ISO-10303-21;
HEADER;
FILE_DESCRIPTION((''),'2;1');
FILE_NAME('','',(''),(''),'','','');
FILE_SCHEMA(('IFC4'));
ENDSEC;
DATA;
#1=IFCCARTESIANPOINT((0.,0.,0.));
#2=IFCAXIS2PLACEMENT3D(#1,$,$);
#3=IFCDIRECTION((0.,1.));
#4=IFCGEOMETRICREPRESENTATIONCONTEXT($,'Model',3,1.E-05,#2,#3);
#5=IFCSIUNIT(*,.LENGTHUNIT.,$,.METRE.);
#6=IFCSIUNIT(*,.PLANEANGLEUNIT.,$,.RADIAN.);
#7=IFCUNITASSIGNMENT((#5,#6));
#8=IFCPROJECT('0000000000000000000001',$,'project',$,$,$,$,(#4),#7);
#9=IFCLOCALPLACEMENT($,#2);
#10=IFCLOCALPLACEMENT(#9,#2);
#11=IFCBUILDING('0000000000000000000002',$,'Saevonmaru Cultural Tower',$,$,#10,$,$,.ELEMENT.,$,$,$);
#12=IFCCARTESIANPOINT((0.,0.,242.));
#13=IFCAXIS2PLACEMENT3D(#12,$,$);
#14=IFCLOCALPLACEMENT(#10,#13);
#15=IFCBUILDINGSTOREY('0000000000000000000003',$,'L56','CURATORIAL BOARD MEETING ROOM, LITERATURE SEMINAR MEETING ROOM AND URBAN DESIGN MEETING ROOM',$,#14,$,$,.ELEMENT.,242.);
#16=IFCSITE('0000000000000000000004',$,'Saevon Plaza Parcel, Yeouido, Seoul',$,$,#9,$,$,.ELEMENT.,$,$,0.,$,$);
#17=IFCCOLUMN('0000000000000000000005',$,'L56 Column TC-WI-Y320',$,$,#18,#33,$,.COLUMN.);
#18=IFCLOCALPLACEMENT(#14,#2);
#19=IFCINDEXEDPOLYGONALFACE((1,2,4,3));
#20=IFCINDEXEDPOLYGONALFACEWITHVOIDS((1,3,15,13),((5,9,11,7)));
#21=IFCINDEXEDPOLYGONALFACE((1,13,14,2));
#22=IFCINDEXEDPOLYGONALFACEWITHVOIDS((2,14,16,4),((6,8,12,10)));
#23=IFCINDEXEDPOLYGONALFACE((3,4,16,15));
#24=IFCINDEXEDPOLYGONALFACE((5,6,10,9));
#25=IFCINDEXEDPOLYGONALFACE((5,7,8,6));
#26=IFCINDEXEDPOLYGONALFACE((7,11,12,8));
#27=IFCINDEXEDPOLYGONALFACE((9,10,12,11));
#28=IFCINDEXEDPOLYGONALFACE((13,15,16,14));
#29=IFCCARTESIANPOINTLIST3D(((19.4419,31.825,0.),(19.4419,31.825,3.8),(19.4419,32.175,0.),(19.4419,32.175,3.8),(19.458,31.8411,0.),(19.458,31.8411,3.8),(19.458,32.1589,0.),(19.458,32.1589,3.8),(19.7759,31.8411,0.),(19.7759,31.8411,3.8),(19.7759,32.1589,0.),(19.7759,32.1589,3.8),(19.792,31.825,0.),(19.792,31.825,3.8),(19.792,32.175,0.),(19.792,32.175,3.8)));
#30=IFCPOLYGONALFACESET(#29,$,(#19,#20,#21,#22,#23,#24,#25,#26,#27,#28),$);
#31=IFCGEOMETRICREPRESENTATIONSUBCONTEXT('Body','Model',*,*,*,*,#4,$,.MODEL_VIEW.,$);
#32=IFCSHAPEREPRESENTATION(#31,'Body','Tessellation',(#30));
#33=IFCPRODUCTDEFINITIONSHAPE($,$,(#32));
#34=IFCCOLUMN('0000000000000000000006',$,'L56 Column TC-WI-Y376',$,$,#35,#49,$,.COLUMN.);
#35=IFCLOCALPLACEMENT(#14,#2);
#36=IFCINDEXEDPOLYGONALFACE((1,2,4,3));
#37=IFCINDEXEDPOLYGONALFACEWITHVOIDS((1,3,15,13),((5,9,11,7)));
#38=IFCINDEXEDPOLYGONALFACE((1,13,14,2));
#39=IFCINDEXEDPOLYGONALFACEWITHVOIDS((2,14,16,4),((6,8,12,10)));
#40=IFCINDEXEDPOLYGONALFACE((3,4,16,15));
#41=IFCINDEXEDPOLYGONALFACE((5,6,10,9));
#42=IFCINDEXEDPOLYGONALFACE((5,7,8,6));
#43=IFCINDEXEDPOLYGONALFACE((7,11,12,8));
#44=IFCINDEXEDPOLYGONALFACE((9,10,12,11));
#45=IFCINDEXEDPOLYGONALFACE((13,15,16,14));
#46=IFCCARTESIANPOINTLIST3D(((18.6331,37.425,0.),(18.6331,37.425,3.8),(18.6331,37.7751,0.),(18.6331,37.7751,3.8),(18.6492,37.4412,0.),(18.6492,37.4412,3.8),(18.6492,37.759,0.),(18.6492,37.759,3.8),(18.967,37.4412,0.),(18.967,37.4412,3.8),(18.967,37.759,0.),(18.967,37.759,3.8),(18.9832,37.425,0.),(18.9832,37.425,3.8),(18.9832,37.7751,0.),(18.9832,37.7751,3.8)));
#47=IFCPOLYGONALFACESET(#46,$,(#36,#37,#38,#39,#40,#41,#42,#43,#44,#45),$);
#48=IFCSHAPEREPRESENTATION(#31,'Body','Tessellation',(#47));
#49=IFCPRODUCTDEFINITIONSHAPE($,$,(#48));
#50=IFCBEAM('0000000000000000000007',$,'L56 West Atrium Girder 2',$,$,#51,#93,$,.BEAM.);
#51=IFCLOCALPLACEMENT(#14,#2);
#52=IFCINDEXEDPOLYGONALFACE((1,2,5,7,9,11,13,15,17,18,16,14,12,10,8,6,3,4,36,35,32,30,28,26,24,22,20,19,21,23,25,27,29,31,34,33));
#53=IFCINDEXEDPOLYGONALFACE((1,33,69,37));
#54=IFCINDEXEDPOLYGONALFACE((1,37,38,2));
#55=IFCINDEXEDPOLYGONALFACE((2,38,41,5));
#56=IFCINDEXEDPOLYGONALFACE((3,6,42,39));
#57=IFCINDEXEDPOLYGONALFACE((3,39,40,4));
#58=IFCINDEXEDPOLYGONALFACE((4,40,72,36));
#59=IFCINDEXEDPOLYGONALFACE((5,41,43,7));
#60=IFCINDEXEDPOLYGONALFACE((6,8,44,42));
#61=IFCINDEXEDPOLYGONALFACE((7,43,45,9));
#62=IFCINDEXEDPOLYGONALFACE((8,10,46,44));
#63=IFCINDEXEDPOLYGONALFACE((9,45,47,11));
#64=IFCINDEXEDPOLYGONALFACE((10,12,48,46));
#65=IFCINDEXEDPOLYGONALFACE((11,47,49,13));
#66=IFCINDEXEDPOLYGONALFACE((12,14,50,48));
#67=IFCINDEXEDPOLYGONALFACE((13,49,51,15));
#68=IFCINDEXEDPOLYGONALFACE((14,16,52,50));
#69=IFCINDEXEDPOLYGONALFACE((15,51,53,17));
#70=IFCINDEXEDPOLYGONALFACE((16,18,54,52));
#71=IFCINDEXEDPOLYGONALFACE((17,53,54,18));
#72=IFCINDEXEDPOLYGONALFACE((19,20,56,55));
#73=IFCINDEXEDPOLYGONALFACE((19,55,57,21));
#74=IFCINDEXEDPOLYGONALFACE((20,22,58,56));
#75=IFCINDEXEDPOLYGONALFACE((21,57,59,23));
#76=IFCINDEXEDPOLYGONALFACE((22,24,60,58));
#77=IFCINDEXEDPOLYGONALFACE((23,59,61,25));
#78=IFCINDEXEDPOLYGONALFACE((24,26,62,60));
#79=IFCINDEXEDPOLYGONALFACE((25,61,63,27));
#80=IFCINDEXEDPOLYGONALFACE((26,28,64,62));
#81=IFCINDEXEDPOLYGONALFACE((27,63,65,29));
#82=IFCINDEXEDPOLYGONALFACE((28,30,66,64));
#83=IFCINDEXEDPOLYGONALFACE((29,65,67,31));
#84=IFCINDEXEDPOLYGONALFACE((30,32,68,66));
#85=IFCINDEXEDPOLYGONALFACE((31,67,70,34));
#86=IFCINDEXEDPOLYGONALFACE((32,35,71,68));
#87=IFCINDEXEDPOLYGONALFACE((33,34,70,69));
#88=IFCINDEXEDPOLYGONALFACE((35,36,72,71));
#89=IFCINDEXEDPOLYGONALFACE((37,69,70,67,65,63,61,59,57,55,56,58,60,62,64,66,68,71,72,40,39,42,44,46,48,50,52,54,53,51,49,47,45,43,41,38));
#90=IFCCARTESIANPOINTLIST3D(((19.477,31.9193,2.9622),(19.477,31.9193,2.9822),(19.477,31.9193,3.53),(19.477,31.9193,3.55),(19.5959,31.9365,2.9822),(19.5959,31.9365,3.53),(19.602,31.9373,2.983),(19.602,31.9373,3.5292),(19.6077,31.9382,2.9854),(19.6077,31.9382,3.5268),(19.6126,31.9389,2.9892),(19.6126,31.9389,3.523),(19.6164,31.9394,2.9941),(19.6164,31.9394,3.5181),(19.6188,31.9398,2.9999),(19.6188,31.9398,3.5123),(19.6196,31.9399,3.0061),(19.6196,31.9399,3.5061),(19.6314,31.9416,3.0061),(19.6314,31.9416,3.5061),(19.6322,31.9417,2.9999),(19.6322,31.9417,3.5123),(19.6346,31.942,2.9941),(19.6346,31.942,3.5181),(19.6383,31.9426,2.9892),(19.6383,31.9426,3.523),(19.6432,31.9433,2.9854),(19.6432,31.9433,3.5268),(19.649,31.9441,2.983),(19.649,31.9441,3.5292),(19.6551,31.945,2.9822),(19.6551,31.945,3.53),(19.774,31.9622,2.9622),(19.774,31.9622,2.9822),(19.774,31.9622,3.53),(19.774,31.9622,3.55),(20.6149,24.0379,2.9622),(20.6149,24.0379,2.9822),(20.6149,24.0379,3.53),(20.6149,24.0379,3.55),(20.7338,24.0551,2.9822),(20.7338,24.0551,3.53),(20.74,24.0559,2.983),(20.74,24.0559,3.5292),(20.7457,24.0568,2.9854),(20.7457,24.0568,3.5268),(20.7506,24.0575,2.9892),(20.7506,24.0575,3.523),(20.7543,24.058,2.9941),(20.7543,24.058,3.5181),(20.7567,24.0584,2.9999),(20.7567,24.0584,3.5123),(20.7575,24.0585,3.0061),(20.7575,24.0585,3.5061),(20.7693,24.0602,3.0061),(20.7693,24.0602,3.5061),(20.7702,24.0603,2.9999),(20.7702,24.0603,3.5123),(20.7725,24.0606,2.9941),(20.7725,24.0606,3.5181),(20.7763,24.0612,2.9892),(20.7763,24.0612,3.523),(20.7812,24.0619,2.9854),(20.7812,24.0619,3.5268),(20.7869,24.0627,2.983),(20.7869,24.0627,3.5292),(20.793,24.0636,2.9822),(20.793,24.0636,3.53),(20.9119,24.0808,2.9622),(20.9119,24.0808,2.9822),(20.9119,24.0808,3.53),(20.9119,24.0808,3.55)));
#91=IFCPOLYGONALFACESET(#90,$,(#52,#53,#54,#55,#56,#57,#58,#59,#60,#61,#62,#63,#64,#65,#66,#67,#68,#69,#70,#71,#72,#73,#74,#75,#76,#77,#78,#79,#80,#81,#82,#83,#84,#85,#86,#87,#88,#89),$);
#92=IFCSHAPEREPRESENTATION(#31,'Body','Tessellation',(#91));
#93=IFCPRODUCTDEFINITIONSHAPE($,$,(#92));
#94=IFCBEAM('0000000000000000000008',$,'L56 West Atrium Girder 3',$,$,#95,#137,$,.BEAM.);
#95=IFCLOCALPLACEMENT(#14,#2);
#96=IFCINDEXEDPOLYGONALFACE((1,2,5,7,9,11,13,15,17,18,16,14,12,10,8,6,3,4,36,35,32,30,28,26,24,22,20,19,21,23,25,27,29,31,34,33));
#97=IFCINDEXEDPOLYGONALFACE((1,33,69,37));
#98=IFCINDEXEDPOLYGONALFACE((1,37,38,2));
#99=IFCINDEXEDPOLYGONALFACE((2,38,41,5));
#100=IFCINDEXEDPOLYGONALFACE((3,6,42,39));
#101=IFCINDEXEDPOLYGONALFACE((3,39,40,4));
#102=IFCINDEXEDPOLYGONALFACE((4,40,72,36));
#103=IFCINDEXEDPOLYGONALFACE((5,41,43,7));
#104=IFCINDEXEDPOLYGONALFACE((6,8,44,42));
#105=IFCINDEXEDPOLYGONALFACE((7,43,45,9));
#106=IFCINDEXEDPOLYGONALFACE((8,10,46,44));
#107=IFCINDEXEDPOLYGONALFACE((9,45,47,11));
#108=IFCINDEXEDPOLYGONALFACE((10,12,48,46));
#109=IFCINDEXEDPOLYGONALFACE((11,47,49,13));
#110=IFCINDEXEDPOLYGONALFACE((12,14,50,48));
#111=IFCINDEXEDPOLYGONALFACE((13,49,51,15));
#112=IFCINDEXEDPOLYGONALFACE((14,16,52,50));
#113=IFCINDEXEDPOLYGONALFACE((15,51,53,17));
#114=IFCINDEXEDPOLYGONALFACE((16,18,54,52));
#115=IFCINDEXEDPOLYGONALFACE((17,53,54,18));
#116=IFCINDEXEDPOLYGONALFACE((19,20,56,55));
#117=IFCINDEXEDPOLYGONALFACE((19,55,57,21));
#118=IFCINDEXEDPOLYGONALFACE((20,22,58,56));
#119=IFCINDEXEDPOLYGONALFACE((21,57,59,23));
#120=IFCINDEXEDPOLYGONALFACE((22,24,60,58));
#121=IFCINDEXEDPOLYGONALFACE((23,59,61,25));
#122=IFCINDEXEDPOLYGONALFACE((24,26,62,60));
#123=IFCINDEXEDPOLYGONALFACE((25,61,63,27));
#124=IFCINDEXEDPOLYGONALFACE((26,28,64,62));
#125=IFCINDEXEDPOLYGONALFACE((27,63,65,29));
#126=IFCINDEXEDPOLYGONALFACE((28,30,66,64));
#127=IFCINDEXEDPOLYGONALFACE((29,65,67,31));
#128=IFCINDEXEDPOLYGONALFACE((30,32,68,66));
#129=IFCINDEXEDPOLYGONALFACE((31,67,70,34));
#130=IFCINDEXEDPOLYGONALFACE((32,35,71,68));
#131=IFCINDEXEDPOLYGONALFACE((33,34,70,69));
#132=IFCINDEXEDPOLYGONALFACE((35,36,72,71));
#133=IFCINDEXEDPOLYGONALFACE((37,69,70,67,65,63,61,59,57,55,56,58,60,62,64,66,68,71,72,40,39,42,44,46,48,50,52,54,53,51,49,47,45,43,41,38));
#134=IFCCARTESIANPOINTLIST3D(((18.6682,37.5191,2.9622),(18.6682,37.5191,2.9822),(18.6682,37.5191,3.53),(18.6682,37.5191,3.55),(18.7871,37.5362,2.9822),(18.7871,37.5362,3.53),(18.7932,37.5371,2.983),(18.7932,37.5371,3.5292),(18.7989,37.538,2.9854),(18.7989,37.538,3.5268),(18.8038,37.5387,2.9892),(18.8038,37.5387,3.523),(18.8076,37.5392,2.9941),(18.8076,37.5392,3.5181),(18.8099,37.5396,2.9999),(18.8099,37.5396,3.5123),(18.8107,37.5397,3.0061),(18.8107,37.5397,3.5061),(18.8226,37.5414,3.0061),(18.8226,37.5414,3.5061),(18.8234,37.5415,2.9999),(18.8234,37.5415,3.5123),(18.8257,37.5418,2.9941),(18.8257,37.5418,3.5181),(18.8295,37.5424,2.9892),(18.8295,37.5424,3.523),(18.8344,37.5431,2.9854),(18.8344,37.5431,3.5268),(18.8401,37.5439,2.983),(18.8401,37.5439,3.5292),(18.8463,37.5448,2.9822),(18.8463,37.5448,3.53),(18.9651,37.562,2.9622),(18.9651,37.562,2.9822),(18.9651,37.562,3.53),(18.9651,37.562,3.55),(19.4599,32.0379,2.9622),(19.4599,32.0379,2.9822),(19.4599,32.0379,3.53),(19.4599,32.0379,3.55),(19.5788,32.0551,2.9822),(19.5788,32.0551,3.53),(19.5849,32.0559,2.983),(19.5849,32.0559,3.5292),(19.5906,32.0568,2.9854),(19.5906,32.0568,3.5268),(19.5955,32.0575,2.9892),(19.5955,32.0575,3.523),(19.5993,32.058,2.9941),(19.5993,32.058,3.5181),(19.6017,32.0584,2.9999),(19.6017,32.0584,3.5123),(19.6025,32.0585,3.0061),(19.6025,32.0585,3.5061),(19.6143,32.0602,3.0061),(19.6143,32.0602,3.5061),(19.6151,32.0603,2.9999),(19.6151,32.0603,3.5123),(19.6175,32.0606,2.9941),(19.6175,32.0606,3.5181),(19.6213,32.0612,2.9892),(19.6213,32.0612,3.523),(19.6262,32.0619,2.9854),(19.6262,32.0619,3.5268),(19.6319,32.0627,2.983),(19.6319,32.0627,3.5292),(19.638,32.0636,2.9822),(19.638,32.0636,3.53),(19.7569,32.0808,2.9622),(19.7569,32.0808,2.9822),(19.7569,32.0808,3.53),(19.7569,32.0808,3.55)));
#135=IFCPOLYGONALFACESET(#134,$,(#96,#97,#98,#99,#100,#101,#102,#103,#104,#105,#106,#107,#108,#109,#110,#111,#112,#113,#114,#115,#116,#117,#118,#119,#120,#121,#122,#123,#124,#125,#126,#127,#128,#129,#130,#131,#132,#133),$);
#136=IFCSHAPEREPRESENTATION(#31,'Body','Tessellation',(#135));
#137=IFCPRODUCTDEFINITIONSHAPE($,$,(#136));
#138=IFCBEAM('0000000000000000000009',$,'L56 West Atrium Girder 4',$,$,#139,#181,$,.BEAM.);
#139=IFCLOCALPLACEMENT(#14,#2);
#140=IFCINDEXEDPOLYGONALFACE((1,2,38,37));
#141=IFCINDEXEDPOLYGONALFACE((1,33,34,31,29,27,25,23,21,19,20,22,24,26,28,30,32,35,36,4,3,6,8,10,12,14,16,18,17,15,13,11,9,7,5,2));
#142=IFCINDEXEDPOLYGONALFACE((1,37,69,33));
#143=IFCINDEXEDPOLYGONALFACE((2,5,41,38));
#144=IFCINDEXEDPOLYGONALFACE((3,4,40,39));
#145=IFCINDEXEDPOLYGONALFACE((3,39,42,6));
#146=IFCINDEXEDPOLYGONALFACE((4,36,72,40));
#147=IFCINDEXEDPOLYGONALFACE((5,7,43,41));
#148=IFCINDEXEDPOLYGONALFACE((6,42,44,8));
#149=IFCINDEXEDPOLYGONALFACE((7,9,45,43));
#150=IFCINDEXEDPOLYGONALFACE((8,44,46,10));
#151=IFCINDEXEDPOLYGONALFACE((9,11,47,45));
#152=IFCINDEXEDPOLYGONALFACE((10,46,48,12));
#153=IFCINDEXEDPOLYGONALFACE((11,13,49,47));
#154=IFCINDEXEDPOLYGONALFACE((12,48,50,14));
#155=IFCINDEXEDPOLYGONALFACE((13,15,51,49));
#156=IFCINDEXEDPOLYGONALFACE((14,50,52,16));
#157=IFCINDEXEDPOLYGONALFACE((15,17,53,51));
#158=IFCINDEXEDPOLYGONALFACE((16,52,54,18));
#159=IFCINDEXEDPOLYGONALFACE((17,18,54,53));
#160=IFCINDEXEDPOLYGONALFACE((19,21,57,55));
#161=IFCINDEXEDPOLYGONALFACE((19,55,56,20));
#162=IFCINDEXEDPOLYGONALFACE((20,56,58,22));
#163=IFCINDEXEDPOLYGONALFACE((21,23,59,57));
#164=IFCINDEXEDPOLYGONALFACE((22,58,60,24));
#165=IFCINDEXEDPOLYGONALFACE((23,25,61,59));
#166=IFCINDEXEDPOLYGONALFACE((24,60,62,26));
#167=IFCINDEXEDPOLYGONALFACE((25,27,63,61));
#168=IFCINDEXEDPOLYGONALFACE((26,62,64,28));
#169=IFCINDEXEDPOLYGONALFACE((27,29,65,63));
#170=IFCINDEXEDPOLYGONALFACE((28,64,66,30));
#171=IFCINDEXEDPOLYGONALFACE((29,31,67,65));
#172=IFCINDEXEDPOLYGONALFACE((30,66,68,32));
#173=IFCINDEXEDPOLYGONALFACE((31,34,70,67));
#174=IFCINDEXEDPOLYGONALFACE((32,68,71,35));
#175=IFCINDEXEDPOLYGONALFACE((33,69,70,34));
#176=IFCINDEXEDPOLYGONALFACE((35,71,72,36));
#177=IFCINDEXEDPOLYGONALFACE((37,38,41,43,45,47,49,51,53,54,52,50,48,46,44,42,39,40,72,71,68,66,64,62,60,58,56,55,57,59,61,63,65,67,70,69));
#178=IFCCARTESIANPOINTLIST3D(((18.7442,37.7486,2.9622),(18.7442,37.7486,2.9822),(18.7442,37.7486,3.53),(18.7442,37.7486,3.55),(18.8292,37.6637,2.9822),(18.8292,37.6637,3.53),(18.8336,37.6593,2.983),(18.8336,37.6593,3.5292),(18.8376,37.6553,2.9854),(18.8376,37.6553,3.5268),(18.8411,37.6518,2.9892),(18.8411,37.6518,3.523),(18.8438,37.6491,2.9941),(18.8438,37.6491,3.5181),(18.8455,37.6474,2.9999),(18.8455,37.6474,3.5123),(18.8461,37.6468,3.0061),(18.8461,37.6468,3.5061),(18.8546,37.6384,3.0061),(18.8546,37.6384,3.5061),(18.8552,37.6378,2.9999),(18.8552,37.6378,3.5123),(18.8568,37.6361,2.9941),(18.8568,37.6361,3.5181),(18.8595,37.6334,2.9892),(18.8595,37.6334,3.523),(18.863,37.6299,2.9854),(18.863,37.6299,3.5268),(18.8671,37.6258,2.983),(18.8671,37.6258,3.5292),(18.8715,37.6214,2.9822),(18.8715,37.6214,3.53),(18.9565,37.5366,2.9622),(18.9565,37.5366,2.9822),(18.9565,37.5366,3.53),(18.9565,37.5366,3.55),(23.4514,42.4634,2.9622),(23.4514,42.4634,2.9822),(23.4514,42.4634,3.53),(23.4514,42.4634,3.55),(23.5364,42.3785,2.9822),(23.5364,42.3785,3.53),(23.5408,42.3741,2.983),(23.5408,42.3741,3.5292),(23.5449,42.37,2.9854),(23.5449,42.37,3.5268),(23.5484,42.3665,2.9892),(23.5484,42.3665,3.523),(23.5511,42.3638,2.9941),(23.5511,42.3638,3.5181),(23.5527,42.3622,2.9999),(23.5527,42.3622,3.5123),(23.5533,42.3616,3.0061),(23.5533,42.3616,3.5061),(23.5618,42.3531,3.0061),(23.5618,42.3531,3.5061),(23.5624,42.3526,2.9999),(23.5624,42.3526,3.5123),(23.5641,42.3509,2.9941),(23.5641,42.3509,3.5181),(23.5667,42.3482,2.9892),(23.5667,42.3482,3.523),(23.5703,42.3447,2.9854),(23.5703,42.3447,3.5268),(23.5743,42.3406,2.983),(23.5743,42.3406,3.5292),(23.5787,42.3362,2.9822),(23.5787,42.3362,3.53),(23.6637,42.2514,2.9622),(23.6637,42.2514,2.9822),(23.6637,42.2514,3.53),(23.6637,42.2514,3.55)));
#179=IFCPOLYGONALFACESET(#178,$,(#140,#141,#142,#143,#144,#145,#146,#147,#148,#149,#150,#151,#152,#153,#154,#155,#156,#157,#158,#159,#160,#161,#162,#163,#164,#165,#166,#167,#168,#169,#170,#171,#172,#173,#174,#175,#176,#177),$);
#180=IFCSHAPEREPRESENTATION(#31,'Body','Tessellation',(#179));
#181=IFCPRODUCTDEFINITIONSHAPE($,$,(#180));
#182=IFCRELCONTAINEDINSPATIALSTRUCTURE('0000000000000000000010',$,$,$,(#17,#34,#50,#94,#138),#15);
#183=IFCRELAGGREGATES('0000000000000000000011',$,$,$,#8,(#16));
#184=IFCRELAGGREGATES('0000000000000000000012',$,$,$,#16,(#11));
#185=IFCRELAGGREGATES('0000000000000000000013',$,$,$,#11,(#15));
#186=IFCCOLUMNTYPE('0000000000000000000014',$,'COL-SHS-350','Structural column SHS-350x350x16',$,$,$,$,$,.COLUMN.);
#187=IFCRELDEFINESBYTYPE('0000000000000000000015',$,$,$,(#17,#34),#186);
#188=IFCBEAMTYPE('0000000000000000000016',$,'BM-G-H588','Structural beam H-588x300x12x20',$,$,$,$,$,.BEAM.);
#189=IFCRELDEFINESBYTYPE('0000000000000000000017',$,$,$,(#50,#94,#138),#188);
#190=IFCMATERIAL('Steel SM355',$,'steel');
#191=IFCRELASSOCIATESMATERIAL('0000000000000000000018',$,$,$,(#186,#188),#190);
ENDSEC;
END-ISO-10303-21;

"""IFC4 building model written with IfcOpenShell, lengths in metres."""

from ifc_helpers import new_model, si_unit, direction, frame, origin, origin_2d, place, context, subcontext, project, spatial, hollow_rectangle, i_section, extrude, material, material_profile, profile_set, type_object, element, save


model = new_model("IFC4")

# Units and contexts
model_context = context("Model", 3, precision=1e-05, world=origin(), true_north=direction((0.0, 1.0)))
body_context = subcontext(model_context, "Body", "Model", "MODEL_VIEW")
ifc_project = project(units=[si_unit("LENGTHUNIT", "METRE"), si_unit("PLANEANGLEUNIT", "RADIAN")], contexts=[model_context])

# Site, building, storey
site_placement = place(None, origin())
site = spatial("IfcSite", under=ifc_project, at=site_placement, Name="Saevon Plaza Parcel, Yeouido, Seoul", CompositionType="ELEMENT", RefElevation=0.0)
building_placement = place(site_placement, origin())
building = spatial("IfcBuilding", under=site, at=building_placement, Name="Saevonmaru Cultural Tower", CompositionType="ELEMENT")
storey_placement = place(building_placement, frame((0.0, 0.0, 242.0)))
storey = spatial("IfcBuildingStorey", under=building, at=storey_placement, Name="L56", Description="CURATORIAL BOARD MEETING ROOM, LITERATURE SEMINAR MEETING ROOM AND URBAN DESIGN MEETING ROOM", CompositionType="ELEMENT", Elevation=242.0)

# Columns
ifc_material_1 = material(Name="Steel SM355", Category="steel")
ifc_material_profile_1 = material_profile(ifc_material_1, hollow_rectangle(XDim=0.3501, YDim=0.3501, WallThickness=0.0161, at=origin_2d()), Name="SHS-350x350x16")
ifc_profile_set_1 = profile_set([ifc_material_profile_1], Name="Steel SM355")
column_type = type_object("IfcColumnType", Name="COL-SHS-350", Description="Structural column SHS-350x350x16", PredefinedType="COLUMN", material=ifc_profile_set_1)
for number, where, z_axis, x_axis, name in (
    (1, (19.6169, 32.0, 0.0), (0.0, 0.0, 1.0), (1.0, 0.0, 0.0), "L56 Column TC-WI-Y320"),
    (2, (18.8081, 37.6001, 0.0), (0.0, 0.0, 1.0), (1.0, 0.0, 0.0), "L56 Column TC-WI-Y376"),
):
    element("IfcColumn", number, at=place(storey_placement, frame(where, z_axis=z_axis, x_axis=x_axis)), inside=storey, type_object=column_type, Name=name, PredefinedType="COLUMN", context=body_context, shape_type="SweptSolid", body=[
        extrude(hollow_rectangle(XDim=0.3501, YDim=0.3501, WallThickness=0.0161, at=origin_2d()), origin(), (0.0, 0.0, 1.0), 3.8),
    ])

# Beams
ifc_material_profile_2 = material_profile(ifc_material_1, i_section(OverallWidth=0.3, OverallDepth=0.5879, WebThickness=0.012, FlangeThickness=0.02, FilletRadius=0.0239, at=origin_2d()), Name="H-588x300x12x20")
ifc_profile_set_2 = profile_set([ifc_material_profile_2], Name="Steel SM355")
beam_type = type_object("IfcBeamType", Name="BM-G-H588", Description="Structural beam H-588x300x12x20", PredefinedType="BEAM", material=ifc_profile_set_2)
beam_1_placement = place(storey_placement, frame((20.7634, 24.0593, 3.2561), z_axis=(-0.142902, 0.989737, 0.0), x_axis=(-0.989737, -0.142902, 0.0)))
element("IfcBeam", 3, at=beam_1_placement, inside=storey, type_object=beam_type, Name="L56 West Atrium Girder 2", PredefinedType="BEAM", context=body_context, shape_type="SweptSolid", body=[
    extrude(i_section(OverallWidth=0.3, OverallDepth=0.5879, WebThickness=0.012, FlangeThickness=0.02, FilletRadius=0.0239, at=origin_2d()), origin(), (0.0, 0.0, 1.0), 7.9631),
])
beam_2_placement = place(storey_placement, frame((19.6084, 32.0593, 3.2561), z_axis=(-0.142964, 0.989728, 0.0), x_axis=(-0.989728, -0.142964, 0.0)))
element("IfcBeam", 4, at=beam_2_placement, inside=storey, type_object=beam_type, Name="L56 West Atrium Girder 3", PredefinedType="BEAM", context=body_context, shape_type="SweptSolid", body=[
    extrude(i_section(OverallWidth=0.3, OverallDepth=0.5879, WebThickness=0.012, FlangeThickness=0.02, FilletRadius=0.0239, at=origin_2d()), origin(), (0.0, 0.0, 1.0), 5.5381),
])
beam_3_placement = place(storey_placement, frame((18.8503, 37.6426, 3.2561), z_axis=(0.706539, 0.707675, 0.0), x_axis=(-0.707675, 0.706539, 0.0)))
element("IfcBeam", 5, at=beam_3_placement, inside=storey, type_object=beam_type, Name="L56 West Atrium Girder 4", PredefinedType="BEAM", context=body_context, shape_type="SweptSolid", body=[
    extrude(i_section(OverallWidth=0.3, OverallDepth=0.5879, WebThickness=0.012, FlangeThickness=0.02, FilletRadius=0.0239, at=origin_2d()), origin(), (0.0, 0.0, 1.0), 6.6624),
])

save(model, "model.ifc")
